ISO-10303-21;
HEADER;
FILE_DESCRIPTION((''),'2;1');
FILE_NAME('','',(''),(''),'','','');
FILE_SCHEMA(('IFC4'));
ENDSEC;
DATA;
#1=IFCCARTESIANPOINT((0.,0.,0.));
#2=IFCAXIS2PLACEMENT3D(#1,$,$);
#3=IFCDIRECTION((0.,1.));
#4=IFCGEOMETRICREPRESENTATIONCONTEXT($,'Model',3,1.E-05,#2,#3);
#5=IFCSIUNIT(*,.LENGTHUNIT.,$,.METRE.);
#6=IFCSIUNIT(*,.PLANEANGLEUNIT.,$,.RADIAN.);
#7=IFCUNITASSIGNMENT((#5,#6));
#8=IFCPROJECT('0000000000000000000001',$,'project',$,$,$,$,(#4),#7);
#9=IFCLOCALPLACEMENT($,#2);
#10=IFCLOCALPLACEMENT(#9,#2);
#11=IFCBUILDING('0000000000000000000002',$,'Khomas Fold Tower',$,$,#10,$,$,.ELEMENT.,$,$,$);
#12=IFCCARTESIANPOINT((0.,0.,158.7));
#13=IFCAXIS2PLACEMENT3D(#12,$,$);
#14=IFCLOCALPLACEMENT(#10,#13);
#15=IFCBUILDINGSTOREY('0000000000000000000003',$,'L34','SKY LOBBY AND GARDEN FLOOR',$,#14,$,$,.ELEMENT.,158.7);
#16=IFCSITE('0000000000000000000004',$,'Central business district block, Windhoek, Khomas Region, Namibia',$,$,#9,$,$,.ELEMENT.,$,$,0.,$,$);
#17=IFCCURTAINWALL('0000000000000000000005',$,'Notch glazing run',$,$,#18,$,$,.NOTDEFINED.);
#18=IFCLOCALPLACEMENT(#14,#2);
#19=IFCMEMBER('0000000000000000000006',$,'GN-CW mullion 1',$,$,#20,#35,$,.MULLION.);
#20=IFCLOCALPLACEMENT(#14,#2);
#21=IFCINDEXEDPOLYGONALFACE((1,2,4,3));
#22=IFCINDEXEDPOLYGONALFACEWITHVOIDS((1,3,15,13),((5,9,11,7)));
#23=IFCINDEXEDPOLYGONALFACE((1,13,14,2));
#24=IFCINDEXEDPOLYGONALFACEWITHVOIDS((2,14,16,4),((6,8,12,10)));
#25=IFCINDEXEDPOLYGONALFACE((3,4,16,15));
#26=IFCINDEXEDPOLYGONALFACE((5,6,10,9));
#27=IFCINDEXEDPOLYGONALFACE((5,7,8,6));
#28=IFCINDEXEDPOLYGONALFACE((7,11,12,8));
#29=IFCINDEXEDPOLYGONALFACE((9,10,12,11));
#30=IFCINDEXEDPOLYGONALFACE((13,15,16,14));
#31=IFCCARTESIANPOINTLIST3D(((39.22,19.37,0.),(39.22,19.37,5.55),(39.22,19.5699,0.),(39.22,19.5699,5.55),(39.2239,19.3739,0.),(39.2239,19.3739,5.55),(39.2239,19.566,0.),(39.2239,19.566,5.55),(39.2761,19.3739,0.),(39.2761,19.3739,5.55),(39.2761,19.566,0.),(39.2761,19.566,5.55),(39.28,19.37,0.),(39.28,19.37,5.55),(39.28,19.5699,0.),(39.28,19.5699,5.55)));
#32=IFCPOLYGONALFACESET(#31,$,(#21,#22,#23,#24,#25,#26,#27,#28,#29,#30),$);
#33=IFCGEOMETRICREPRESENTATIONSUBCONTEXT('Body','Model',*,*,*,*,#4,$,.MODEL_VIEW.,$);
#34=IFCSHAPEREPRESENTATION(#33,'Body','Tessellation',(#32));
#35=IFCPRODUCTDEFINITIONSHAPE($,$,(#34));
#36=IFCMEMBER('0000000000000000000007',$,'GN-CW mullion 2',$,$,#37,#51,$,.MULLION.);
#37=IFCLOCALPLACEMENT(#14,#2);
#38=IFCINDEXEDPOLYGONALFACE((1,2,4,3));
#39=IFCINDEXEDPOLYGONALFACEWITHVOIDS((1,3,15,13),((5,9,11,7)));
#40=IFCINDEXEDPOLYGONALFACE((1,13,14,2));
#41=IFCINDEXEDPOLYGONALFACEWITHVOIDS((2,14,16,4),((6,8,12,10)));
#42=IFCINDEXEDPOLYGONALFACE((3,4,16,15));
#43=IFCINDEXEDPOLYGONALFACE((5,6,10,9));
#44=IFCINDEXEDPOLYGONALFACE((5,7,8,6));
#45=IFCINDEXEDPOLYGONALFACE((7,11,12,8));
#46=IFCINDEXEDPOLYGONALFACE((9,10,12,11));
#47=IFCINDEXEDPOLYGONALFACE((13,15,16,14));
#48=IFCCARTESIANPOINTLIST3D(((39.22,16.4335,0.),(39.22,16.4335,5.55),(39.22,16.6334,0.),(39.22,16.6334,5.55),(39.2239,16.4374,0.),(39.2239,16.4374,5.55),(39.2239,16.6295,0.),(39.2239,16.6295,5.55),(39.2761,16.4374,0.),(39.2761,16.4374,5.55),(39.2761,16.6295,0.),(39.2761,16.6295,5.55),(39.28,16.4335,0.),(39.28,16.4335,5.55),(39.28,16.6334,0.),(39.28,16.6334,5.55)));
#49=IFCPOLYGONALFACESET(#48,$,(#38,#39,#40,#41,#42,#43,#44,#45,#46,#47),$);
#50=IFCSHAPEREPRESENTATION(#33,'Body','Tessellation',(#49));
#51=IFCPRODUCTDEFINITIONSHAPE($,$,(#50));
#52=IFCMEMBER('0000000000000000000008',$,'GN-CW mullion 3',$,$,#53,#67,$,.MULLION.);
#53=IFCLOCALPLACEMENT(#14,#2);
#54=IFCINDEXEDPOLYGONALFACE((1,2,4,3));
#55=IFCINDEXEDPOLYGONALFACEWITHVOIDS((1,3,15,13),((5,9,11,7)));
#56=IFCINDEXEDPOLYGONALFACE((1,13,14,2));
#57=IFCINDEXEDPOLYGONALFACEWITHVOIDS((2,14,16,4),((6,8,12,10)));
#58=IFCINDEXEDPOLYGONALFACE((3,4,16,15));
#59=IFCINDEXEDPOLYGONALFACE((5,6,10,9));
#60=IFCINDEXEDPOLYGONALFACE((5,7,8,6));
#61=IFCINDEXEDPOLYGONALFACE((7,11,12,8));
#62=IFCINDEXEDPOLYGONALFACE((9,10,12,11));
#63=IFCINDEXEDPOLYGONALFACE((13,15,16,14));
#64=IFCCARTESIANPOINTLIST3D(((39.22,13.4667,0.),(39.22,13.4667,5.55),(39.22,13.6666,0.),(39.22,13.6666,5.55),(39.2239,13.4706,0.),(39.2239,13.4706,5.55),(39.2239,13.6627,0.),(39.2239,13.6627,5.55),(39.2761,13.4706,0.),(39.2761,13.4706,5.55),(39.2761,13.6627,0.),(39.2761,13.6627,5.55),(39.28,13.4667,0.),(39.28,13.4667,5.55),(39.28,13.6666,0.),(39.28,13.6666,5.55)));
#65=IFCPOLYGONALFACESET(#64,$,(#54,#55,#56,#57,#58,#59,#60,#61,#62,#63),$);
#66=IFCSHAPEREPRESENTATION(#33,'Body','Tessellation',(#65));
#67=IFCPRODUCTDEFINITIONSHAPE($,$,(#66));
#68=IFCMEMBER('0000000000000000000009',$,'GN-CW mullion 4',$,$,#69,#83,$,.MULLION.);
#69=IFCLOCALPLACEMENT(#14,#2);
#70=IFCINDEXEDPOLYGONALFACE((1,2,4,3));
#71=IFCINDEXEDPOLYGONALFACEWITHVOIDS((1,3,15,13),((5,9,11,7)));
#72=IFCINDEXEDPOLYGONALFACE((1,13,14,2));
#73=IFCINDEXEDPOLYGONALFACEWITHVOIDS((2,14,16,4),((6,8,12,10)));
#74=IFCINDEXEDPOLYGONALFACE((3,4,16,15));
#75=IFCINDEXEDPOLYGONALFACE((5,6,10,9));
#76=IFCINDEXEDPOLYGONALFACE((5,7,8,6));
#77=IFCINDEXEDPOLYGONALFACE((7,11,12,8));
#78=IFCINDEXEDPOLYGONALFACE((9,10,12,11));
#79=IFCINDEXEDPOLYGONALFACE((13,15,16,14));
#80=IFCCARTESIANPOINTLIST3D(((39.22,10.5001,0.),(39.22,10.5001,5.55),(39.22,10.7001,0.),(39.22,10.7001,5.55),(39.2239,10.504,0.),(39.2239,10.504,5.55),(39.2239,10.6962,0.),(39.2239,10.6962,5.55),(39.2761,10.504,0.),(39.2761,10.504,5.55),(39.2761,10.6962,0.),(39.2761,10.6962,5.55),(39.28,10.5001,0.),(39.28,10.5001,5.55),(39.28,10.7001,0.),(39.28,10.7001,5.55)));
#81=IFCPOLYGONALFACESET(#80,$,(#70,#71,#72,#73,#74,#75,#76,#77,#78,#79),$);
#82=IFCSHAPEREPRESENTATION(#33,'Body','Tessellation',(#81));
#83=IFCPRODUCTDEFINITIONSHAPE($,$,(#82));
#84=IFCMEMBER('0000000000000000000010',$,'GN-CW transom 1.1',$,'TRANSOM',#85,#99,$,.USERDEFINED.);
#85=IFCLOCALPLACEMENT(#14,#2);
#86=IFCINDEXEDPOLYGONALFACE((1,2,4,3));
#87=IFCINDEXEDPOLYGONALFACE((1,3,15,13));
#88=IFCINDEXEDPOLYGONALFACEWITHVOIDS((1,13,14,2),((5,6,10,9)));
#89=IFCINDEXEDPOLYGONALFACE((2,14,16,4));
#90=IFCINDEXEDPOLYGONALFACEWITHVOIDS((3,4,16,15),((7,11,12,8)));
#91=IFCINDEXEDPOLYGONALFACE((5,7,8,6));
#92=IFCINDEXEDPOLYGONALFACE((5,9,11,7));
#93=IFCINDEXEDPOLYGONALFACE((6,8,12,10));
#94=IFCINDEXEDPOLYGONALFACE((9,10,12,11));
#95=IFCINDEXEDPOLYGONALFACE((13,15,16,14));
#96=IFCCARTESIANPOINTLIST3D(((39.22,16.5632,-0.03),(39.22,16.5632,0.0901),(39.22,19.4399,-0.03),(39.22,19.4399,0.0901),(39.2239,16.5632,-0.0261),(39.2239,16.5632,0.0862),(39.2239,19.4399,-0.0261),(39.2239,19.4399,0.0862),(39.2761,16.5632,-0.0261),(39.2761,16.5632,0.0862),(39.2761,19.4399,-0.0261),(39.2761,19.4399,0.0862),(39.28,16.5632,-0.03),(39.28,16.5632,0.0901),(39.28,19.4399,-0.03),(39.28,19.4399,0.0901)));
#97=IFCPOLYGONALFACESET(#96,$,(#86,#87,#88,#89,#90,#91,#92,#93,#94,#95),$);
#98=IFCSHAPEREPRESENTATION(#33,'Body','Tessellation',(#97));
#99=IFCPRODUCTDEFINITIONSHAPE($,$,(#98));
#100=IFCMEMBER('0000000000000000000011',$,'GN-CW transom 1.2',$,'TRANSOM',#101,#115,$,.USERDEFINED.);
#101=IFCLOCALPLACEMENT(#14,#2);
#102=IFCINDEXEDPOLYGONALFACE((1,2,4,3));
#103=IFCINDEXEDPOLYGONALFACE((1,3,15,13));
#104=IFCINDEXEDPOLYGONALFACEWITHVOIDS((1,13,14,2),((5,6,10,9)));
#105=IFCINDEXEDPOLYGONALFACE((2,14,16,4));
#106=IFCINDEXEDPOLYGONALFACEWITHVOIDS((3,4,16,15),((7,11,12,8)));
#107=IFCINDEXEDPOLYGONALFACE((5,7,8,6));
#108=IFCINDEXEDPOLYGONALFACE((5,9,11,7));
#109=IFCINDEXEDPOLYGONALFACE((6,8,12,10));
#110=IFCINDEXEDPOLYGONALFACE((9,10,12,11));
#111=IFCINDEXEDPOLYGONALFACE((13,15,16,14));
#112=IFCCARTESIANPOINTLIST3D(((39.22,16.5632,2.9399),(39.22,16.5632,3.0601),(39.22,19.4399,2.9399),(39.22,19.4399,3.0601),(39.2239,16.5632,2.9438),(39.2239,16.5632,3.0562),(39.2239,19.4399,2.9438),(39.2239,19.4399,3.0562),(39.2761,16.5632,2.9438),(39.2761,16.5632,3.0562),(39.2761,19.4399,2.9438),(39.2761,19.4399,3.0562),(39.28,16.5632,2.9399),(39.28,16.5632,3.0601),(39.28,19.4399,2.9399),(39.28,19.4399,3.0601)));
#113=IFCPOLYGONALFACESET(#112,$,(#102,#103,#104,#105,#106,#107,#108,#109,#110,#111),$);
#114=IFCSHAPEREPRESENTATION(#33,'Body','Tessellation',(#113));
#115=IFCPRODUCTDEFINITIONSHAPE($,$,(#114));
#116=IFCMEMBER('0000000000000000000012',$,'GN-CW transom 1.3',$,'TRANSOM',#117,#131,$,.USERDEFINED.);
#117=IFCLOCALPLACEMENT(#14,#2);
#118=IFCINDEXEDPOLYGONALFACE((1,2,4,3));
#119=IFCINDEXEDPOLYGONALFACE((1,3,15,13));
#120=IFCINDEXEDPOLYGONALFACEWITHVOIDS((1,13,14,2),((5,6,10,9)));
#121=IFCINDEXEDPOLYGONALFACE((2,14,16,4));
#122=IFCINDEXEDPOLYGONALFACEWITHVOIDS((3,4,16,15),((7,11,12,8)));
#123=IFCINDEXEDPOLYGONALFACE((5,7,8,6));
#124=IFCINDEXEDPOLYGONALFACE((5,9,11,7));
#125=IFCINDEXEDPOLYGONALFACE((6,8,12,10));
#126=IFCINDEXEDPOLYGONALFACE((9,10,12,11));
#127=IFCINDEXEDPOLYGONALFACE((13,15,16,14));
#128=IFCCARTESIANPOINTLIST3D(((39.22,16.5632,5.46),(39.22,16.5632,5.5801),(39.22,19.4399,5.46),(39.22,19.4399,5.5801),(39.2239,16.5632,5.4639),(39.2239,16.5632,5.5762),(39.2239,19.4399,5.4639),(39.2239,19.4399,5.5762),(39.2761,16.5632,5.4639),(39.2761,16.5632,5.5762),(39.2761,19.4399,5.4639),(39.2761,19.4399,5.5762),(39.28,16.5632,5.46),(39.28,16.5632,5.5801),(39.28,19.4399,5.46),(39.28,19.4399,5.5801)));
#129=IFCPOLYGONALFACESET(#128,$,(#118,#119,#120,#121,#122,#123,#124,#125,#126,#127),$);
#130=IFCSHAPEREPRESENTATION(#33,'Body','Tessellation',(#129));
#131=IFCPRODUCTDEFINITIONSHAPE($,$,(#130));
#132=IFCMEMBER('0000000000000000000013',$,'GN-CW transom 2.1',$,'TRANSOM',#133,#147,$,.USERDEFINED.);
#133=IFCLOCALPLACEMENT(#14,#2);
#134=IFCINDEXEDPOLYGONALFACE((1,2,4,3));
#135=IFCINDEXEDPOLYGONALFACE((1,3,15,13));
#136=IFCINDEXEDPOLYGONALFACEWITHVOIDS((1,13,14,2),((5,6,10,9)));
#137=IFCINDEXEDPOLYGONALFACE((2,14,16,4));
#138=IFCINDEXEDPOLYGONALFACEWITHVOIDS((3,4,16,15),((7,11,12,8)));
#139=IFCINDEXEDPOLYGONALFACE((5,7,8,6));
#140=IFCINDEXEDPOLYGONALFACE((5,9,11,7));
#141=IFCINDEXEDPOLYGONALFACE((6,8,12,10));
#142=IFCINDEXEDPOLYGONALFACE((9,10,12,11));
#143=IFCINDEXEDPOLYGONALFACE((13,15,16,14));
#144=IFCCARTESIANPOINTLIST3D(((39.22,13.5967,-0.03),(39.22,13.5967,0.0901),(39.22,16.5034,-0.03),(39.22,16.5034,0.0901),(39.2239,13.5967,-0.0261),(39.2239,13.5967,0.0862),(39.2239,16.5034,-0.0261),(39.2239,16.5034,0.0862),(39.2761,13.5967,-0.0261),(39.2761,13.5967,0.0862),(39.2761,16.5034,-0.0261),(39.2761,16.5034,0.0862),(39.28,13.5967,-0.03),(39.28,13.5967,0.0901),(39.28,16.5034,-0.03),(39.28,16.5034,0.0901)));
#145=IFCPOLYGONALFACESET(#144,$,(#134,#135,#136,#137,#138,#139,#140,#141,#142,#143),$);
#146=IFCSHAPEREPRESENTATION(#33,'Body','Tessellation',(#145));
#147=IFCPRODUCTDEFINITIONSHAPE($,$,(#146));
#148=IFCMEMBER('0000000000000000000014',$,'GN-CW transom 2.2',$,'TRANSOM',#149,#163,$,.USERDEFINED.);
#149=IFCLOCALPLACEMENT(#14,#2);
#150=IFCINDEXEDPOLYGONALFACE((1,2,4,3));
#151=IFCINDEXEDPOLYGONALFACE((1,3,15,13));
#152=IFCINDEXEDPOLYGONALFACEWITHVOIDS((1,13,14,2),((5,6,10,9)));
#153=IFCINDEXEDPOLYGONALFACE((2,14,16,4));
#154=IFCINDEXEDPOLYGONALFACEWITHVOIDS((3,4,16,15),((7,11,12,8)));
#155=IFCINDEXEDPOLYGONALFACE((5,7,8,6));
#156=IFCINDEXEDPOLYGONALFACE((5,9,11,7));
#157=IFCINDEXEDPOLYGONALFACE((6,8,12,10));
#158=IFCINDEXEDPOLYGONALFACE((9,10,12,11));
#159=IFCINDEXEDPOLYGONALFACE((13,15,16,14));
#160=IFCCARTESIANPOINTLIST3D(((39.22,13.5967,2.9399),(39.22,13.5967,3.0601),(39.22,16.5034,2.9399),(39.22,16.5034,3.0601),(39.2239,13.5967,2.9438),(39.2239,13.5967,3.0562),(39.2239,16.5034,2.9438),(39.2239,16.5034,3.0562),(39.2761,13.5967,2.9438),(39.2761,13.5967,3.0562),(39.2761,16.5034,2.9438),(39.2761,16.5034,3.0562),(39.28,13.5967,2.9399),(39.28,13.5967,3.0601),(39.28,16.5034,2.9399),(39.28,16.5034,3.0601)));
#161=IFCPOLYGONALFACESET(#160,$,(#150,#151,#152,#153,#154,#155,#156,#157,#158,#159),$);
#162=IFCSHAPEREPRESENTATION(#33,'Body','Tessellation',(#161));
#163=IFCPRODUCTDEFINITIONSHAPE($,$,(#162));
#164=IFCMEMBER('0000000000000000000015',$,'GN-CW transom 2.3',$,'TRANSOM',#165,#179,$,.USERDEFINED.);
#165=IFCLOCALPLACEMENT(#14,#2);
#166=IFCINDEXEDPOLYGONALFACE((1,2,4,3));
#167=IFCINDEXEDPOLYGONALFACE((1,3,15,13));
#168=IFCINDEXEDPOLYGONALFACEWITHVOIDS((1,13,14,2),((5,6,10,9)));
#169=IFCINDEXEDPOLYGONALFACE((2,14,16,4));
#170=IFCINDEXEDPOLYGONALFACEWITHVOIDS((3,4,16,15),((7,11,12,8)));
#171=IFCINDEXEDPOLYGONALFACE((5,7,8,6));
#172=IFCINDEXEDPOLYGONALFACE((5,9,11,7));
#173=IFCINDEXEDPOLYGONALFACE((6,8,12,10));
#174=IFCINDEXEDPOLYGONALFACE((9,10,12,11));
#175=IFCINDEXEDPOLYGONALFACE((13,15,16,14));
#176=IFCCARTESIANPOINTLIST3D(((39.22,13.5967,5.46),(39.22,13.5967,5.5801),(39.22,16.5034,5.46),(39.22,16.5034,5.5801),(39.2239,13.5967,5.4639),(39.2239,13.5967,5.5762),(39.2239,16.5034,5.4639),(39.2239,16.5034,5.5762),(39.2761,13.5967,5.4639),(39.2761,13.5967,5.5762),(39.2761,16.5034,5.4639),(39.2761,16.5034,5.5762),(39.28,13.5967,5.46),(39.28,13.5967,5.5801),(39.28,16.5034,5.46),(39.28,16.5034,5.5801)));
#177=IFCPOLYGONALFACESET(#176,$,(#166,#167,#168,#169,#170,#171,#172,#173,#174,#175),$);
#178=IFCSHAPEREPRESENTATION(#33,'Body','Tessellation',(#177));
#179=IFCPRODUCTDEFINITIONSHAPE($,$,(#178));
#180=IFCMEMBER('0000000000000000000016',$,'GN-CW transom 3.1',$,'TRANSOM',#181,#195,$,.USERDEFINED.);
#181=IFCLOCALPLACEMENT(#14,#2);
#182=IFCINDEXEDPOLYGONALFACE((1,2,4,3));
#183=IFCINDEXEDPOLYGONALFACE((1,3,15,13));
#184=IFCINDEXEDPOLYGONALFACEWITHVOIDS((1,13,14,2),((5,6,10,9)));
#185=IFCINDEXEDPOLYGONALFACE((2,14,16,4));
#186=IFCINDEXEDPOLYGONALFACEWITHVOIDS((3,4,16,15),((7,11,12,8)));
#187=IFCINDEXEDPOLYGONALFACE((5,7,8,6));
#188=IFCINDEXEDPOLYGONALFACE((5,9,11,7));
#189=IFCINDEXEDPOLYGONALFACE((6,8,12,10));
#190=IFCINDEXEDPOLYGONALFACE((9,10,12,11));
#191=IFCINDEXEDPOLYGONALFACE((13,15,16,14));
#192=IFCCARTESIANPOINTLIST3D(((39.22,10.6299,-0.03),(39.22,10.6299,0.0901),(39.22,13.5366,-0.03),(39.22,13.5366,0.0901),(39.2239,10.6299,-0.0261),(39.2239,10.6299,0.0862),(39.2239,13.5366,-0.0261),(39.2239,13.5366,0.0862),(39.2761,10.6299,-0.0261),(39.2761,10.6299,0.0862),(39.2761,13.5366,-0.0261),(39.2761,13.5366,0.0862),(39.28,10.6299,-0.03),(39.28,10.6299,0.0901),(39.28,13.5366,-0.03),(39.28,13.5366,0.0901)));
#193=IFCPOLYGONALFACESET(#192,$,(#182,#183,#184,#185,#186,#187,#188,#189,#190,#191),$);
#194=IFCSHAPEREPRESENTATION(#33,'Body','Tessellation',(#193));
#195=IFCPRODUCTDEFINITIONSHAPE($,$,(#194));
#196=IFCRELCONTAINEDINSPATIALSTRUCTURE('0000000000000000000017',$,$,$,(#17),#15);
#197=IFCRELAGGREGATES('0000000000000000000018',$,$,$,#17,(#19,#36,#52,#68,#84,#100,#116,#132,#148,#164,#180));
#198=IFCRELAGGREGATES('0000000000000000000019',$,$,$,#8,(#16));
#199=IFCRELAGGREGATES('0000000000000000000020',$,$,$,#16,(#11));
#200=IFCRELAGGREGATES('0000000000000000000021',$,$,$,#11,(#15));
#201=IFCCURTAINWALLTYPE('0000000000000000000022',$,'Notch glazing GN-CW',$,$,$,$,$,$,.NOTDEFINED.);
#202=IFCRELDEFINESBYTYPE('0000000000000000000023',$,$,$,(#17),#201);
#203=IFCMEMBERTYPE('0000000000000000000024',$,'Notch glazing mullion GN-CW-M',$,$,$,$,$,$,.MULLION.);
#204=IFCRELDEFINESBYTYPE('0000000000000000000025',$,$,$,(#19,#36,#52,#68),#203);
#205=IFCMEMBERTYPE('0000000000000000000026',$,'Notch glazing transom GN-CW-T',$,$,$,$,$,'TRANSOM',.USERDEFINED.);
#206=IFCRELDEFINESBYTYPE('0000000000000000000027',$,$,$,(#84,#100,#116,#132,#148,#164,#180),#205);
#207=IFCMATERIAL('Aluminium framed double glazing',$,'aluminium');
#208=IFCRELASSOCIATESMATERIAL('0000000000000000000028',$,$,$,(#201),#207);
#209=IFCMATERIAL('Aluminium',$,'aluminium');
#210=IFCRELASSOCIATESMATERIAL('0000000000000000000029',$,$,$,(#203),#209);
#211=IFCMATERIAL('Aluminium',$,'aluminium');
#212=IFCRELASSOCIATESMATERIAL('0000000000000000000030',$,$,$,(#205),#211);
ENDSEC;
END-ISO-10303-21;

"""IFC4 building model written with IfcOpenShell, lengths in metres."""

from ifc_helpers import new_model, si_unit, direction, frame, origin, origin_2d, place, context, subcontext, project, spatial, hollow_rectangle, extrude, source, transform, mapped, material, material_profile, profile_set, type_object, element, aggregate, save


model = new_model("IFC4")

# Units and contexts
model_context = context("Model", 3, precision=1e-05, world=origin(), true_north=direction((0.0, 1.0)))
body_context = subcontext(model_context, "Body", "Model", "MODEL_VIEW")
ifc_project = project(units=[si_unit("LENGTHUNIT", "METRE"), si_unit("PLANEANGLEUNIT", "RADIAN")], contexts=[model_context])

# Site, building, storey
site_placement = place(None, origin())
site = spatial("IfcSite", under=ifc_project, at=site_placement, Name="Central business district block, Windhoek, Khomas Region, Namibia", CompositionType="ELEMENT", RefElevation=0.0)
building_placement = place(site_placement, origin())
building = spatial("IfcBuilding", under=site, at=building_placement, Name="Khomas Fold Tower", CompositionType="ELEMENT")
storey_placement = place(building_placement, frame((0.0, 0.0, 158.7)))
storey = spatial("IfcBuildingStorey", under=building, at=storey_placement, Name="L34", Description="SKY LOBBY AND GARDEN FLOOR", CompositionType="ELEMENT", Elevation=158.7)

# Shared definitions
ifc_material_1 = material(Name="Aluminium framed double glazing", Category="aluminium")
curtain_wall_type = type_object("IfcCurtainWallType", Name="Notch glazing GN-CW", PredefinedType="NOTDEFINED", material=ifc_material_1)
ifc_material_2 = material(Name="Aluminium", Category="aluminium")
ifc_material_profile_1 = material_profile(ifc_material_2, hollow_rectangle(XDim=0.0601, YDim=0.2, WallThickness=0.0039, at=origin_2d()), Name="Notch glazing mullion GN-CW-M")
ifc_profile_set_1 = profile_set([ifc_material_profile_1], Name="Aluminium")
member_type_1 = type_object("IfcMemberType", Name="Notch glazing mullion GN-CW-M", PredefinedType="MULLION", material=ifc_profile_set_1)
shared_shape_1 = source(origin(), body_context, "Body", "SweptSolid", [
    extrude(hollow_rectangle(XDim=0.0601, YDim=0.2, WallThickness=0.0039, at=origin_2d()), origin(), (0.0, 0.0, 1.0), 5.55),
])

# Curtain wall, members
curtain_wall_1_placement = place(storey_placement, origin())
curtain_wall_1 = element("IfcCurtainWall", 1, at=curtain_wall_1_placement, inside=storey, type_object=curtain_wall_type, Name="Notch glazing run", PredefinedType="NOTDEFINED")
member_1_placement = place(storey_placement, frame((39.25, 19.47, 0.0), z_axis=(0.0, 0.0, 1.0), x_axis=(1.0, 0.0, 0.0)))
member_1 = element("IfcMember", 2, at=member_1_placement, type_object=member_type_1, Name="GN-CW mullion 1", PredefinedType="MULLION", context=body_context, shape_type="MappedRepresentation", body=[
    mapped(shared_shape_1, transform((0.0, 0.0, 0.0))),
])
member_2_placement = place(storey_placement, frame((39.25, 16.5334, 0.0), z_axis=(0.0, 0.0, 1.0), x_axis=(1.0, 0.0, 0.0)))
member_2 = element("IfcMember", 3, at=member_2_placement, type_object=member_type_1, Name="GN-CW mullion 2", PredefinedType="MULLION", context=body_context, shape_type="MappedRepresentation", body=[
    mapped(shared_shape_1, transform((0.0, 0.0, 0.0))),
])
member_3_placement = place(storey_placement, frame((39.25, 13.5667, 0.0), z_axis=(0.0, 0.0, 1.0), x_axis=(1.0, 0.0, 0.0)))
member_3 = element("IfcMember", 4, at=member_3_placement, type_object=member_type_1, Name="GN-CW mullion 3", PredefinedType="MULLION", context=body_context, shape_type="MappedRepresentation", body=[
    mapped(shared_shape_1, transform((0.0, 0.0, 0.0))),
])
member_4_placement = place(storey_placement, frame((39.25, 10.6001, 0.0), z_axis=(0.0, 0.0, 1.0), x_axis=(1.0, 0.0, 0.0)))
member_4 = element("IfcMember", 5, at=member_4_placement, type_object=member_type_1, Name="GN-CW mullion 4", PredefinedType="MULLION", context=body_context, shape_type="MappedRepresentation", body=[
    mapped(shared_shape_1, transform((0.0, 0.0, 0.0))),
])
ifc_material_3 = material(Name="Aluminium", Category="aluminium")
ifc_material_profile_2 = material_profile(ifc_material_3, hollow_rectangle(XDim=0.0601, YDim=0.1201, WallThickness=0.0039, at=origin_2d()), Name="Notch glazing transom GN-CW-T")
ifc_profile_set_2 = profile_set([ifc_material_profile_2], Name="Aluminium")
member_type_2 = type_object("IfcMemberType", Name="Notch glazing transom GN-CW-T", ElementType="TRANSOM", PredefinedType="USERDEFINED", material=ifc_profile_set_2)
shared_shape_2 = source(origin(), body_context, "Body", "SweptSolid", [
    extrude(hollow_rectangle(XDim=0.0601, YDim=0.1201, WallThickness=0.0039, at=origin_2d()), origin(), (0.0, 0.0, 1.0), 2.8767),
])
member_5_placement = place(storey_placement, frame((39.25, 19.4399, 0.03), z_axis=(0.0, -1.0, 0.0), x_axis=(1.0, 0.0, 0.0)))
member_5 = element("IfcMember", 6, at=member_5_placement, type_object=member_type_2, Name="GN-CW transom 1.1", ObjectType="TRANSOM", PredefinedType="USERDEFINED", context=body_context, shape_type="MappedRepresentation", body=[
    mapped(shared_shape_2, transform((0.0, 0.0, 0.0))),
])
member_6_placement = place(storey_placement, frame((39.25, 19.4399, 3.0), z_axis=(0.0, -1.0, 0.0), x_axis=(1.0, 0.0, 0.0)))
member_6 = element("IfcMember", 7, at=member_6_placement, type_object=member_type_2, Name="GN-CW transom 1.2", ObjectType="TRANSOM", PredefinedType="USERDEFINED", context=body_context, shape_type="MappedRepresentation", body=[
    mapped(shared_shape_2, transform((0.0, 0.0, 0.0))),
])
member_7_placement = place(storey_placement, frame((39.25, 19.4399, 5.52), z_axis=(0.0, -1.0, 0.0), x_axis=(1.0, 0.0, 0.0)))
member_7 = element("IfcMember", 8, at=member_7_placement, type_object=member_type_2, Name="GN-CW transom 1.3", ObjectType="TRANSOM", PredefinedType="USERDEFINED", context=body_context, shape_type="MappedRepresentation", body=[
    mapped(shared_shape_2, transform((0.0, 0.0, 0.0))),
])
shared_shape_3 = source(origin(), body_context, "Body", "SweptSolid", [
    extrude(hollow_rectangle(XDim=0.0601, YDim=0.1201, WallThickness=0.0039, at=origin_2d()), origin(), (0.0, 0.0, 1.0), 2.9067),
])
member_8_placement = place(storey_placement, frame((39.25, 16.5034, 0.03), z_axis=(0.0, -1.0, 0.0), x_axis=(1.0, 0.0, 0.0)))
member_8 = element("IfcMember", 9, at=member_8_placement, type_object=member_type_2, Name="GN-CW transom 2.1", ObjectType="TRANSOM", PredefinedType="USERDEFINED", context=body_context, shape_type="MappedRepresentation", body=[
    mapped(shared_shape_3, transform((0.0, 0.0, 0.0))),
])
member_9_placement = place(storey_placement, frame((39.25, 16.5034, 3.0), z_axis=(0.0, -1.0, 0.0), x_axis=(1.0, 0.0, 0.0)))
member_9 = element("IfcMember", 10, at=member_9_placement, type_object=member_type_2, Name="GN-CW transom 2.2", ObjectType="TRANSOM", PredefinedType="USERDEFINED", context=body_context, shape_type="MappedRepresentation", body=[
    mapped(shared_shape_3, transform((0.0, 0.0, 0.0))),
])
member_10_placement = place(storey_placement, frame((39.25, 16.5034, 5.52), z_axis=(0.0, -1.0, 0.0), x_axis=(1.0, 0.0, 0.0)))
member_10 = element("IfcMember", 11, at=member_10_placement, type_object=member_type_2, Name="GN-CW transom 2.3", ObjectType="TRANSOM", PredefinedType="USERDEFINED", context=body_context, shape_type="MappedRepresentation", body=[
    mapped(shared_shape_3, transform((0.0, 0.0, 0.0))),
])
member_11_placement = place(storey_placement, frame((39.25, 13.5366, 0.03), z_axis=(0.0, -1.0, 0.0), x_axis=(1.0, 0.0, 0.0)))
member_11 = element("IfcMember", 12, at=member_11_placement, type_object=member_type_2, Name="GN-CW transom 3.1", ObjectType="TRANSOM", PredefinedType="USERDEFINED", context=body_context, shape_type="MappedRepresentation", body=[
    mapped(shared_shape_3, transform((0.0, 0.0, 0.0))),
])

aggregate(curtain_wall_1, [member_1, member_2, member_3, member_4, member_5, member_6, member_7, member_8, member_9, member_10, member_11])

save(model, "model.ifc")
